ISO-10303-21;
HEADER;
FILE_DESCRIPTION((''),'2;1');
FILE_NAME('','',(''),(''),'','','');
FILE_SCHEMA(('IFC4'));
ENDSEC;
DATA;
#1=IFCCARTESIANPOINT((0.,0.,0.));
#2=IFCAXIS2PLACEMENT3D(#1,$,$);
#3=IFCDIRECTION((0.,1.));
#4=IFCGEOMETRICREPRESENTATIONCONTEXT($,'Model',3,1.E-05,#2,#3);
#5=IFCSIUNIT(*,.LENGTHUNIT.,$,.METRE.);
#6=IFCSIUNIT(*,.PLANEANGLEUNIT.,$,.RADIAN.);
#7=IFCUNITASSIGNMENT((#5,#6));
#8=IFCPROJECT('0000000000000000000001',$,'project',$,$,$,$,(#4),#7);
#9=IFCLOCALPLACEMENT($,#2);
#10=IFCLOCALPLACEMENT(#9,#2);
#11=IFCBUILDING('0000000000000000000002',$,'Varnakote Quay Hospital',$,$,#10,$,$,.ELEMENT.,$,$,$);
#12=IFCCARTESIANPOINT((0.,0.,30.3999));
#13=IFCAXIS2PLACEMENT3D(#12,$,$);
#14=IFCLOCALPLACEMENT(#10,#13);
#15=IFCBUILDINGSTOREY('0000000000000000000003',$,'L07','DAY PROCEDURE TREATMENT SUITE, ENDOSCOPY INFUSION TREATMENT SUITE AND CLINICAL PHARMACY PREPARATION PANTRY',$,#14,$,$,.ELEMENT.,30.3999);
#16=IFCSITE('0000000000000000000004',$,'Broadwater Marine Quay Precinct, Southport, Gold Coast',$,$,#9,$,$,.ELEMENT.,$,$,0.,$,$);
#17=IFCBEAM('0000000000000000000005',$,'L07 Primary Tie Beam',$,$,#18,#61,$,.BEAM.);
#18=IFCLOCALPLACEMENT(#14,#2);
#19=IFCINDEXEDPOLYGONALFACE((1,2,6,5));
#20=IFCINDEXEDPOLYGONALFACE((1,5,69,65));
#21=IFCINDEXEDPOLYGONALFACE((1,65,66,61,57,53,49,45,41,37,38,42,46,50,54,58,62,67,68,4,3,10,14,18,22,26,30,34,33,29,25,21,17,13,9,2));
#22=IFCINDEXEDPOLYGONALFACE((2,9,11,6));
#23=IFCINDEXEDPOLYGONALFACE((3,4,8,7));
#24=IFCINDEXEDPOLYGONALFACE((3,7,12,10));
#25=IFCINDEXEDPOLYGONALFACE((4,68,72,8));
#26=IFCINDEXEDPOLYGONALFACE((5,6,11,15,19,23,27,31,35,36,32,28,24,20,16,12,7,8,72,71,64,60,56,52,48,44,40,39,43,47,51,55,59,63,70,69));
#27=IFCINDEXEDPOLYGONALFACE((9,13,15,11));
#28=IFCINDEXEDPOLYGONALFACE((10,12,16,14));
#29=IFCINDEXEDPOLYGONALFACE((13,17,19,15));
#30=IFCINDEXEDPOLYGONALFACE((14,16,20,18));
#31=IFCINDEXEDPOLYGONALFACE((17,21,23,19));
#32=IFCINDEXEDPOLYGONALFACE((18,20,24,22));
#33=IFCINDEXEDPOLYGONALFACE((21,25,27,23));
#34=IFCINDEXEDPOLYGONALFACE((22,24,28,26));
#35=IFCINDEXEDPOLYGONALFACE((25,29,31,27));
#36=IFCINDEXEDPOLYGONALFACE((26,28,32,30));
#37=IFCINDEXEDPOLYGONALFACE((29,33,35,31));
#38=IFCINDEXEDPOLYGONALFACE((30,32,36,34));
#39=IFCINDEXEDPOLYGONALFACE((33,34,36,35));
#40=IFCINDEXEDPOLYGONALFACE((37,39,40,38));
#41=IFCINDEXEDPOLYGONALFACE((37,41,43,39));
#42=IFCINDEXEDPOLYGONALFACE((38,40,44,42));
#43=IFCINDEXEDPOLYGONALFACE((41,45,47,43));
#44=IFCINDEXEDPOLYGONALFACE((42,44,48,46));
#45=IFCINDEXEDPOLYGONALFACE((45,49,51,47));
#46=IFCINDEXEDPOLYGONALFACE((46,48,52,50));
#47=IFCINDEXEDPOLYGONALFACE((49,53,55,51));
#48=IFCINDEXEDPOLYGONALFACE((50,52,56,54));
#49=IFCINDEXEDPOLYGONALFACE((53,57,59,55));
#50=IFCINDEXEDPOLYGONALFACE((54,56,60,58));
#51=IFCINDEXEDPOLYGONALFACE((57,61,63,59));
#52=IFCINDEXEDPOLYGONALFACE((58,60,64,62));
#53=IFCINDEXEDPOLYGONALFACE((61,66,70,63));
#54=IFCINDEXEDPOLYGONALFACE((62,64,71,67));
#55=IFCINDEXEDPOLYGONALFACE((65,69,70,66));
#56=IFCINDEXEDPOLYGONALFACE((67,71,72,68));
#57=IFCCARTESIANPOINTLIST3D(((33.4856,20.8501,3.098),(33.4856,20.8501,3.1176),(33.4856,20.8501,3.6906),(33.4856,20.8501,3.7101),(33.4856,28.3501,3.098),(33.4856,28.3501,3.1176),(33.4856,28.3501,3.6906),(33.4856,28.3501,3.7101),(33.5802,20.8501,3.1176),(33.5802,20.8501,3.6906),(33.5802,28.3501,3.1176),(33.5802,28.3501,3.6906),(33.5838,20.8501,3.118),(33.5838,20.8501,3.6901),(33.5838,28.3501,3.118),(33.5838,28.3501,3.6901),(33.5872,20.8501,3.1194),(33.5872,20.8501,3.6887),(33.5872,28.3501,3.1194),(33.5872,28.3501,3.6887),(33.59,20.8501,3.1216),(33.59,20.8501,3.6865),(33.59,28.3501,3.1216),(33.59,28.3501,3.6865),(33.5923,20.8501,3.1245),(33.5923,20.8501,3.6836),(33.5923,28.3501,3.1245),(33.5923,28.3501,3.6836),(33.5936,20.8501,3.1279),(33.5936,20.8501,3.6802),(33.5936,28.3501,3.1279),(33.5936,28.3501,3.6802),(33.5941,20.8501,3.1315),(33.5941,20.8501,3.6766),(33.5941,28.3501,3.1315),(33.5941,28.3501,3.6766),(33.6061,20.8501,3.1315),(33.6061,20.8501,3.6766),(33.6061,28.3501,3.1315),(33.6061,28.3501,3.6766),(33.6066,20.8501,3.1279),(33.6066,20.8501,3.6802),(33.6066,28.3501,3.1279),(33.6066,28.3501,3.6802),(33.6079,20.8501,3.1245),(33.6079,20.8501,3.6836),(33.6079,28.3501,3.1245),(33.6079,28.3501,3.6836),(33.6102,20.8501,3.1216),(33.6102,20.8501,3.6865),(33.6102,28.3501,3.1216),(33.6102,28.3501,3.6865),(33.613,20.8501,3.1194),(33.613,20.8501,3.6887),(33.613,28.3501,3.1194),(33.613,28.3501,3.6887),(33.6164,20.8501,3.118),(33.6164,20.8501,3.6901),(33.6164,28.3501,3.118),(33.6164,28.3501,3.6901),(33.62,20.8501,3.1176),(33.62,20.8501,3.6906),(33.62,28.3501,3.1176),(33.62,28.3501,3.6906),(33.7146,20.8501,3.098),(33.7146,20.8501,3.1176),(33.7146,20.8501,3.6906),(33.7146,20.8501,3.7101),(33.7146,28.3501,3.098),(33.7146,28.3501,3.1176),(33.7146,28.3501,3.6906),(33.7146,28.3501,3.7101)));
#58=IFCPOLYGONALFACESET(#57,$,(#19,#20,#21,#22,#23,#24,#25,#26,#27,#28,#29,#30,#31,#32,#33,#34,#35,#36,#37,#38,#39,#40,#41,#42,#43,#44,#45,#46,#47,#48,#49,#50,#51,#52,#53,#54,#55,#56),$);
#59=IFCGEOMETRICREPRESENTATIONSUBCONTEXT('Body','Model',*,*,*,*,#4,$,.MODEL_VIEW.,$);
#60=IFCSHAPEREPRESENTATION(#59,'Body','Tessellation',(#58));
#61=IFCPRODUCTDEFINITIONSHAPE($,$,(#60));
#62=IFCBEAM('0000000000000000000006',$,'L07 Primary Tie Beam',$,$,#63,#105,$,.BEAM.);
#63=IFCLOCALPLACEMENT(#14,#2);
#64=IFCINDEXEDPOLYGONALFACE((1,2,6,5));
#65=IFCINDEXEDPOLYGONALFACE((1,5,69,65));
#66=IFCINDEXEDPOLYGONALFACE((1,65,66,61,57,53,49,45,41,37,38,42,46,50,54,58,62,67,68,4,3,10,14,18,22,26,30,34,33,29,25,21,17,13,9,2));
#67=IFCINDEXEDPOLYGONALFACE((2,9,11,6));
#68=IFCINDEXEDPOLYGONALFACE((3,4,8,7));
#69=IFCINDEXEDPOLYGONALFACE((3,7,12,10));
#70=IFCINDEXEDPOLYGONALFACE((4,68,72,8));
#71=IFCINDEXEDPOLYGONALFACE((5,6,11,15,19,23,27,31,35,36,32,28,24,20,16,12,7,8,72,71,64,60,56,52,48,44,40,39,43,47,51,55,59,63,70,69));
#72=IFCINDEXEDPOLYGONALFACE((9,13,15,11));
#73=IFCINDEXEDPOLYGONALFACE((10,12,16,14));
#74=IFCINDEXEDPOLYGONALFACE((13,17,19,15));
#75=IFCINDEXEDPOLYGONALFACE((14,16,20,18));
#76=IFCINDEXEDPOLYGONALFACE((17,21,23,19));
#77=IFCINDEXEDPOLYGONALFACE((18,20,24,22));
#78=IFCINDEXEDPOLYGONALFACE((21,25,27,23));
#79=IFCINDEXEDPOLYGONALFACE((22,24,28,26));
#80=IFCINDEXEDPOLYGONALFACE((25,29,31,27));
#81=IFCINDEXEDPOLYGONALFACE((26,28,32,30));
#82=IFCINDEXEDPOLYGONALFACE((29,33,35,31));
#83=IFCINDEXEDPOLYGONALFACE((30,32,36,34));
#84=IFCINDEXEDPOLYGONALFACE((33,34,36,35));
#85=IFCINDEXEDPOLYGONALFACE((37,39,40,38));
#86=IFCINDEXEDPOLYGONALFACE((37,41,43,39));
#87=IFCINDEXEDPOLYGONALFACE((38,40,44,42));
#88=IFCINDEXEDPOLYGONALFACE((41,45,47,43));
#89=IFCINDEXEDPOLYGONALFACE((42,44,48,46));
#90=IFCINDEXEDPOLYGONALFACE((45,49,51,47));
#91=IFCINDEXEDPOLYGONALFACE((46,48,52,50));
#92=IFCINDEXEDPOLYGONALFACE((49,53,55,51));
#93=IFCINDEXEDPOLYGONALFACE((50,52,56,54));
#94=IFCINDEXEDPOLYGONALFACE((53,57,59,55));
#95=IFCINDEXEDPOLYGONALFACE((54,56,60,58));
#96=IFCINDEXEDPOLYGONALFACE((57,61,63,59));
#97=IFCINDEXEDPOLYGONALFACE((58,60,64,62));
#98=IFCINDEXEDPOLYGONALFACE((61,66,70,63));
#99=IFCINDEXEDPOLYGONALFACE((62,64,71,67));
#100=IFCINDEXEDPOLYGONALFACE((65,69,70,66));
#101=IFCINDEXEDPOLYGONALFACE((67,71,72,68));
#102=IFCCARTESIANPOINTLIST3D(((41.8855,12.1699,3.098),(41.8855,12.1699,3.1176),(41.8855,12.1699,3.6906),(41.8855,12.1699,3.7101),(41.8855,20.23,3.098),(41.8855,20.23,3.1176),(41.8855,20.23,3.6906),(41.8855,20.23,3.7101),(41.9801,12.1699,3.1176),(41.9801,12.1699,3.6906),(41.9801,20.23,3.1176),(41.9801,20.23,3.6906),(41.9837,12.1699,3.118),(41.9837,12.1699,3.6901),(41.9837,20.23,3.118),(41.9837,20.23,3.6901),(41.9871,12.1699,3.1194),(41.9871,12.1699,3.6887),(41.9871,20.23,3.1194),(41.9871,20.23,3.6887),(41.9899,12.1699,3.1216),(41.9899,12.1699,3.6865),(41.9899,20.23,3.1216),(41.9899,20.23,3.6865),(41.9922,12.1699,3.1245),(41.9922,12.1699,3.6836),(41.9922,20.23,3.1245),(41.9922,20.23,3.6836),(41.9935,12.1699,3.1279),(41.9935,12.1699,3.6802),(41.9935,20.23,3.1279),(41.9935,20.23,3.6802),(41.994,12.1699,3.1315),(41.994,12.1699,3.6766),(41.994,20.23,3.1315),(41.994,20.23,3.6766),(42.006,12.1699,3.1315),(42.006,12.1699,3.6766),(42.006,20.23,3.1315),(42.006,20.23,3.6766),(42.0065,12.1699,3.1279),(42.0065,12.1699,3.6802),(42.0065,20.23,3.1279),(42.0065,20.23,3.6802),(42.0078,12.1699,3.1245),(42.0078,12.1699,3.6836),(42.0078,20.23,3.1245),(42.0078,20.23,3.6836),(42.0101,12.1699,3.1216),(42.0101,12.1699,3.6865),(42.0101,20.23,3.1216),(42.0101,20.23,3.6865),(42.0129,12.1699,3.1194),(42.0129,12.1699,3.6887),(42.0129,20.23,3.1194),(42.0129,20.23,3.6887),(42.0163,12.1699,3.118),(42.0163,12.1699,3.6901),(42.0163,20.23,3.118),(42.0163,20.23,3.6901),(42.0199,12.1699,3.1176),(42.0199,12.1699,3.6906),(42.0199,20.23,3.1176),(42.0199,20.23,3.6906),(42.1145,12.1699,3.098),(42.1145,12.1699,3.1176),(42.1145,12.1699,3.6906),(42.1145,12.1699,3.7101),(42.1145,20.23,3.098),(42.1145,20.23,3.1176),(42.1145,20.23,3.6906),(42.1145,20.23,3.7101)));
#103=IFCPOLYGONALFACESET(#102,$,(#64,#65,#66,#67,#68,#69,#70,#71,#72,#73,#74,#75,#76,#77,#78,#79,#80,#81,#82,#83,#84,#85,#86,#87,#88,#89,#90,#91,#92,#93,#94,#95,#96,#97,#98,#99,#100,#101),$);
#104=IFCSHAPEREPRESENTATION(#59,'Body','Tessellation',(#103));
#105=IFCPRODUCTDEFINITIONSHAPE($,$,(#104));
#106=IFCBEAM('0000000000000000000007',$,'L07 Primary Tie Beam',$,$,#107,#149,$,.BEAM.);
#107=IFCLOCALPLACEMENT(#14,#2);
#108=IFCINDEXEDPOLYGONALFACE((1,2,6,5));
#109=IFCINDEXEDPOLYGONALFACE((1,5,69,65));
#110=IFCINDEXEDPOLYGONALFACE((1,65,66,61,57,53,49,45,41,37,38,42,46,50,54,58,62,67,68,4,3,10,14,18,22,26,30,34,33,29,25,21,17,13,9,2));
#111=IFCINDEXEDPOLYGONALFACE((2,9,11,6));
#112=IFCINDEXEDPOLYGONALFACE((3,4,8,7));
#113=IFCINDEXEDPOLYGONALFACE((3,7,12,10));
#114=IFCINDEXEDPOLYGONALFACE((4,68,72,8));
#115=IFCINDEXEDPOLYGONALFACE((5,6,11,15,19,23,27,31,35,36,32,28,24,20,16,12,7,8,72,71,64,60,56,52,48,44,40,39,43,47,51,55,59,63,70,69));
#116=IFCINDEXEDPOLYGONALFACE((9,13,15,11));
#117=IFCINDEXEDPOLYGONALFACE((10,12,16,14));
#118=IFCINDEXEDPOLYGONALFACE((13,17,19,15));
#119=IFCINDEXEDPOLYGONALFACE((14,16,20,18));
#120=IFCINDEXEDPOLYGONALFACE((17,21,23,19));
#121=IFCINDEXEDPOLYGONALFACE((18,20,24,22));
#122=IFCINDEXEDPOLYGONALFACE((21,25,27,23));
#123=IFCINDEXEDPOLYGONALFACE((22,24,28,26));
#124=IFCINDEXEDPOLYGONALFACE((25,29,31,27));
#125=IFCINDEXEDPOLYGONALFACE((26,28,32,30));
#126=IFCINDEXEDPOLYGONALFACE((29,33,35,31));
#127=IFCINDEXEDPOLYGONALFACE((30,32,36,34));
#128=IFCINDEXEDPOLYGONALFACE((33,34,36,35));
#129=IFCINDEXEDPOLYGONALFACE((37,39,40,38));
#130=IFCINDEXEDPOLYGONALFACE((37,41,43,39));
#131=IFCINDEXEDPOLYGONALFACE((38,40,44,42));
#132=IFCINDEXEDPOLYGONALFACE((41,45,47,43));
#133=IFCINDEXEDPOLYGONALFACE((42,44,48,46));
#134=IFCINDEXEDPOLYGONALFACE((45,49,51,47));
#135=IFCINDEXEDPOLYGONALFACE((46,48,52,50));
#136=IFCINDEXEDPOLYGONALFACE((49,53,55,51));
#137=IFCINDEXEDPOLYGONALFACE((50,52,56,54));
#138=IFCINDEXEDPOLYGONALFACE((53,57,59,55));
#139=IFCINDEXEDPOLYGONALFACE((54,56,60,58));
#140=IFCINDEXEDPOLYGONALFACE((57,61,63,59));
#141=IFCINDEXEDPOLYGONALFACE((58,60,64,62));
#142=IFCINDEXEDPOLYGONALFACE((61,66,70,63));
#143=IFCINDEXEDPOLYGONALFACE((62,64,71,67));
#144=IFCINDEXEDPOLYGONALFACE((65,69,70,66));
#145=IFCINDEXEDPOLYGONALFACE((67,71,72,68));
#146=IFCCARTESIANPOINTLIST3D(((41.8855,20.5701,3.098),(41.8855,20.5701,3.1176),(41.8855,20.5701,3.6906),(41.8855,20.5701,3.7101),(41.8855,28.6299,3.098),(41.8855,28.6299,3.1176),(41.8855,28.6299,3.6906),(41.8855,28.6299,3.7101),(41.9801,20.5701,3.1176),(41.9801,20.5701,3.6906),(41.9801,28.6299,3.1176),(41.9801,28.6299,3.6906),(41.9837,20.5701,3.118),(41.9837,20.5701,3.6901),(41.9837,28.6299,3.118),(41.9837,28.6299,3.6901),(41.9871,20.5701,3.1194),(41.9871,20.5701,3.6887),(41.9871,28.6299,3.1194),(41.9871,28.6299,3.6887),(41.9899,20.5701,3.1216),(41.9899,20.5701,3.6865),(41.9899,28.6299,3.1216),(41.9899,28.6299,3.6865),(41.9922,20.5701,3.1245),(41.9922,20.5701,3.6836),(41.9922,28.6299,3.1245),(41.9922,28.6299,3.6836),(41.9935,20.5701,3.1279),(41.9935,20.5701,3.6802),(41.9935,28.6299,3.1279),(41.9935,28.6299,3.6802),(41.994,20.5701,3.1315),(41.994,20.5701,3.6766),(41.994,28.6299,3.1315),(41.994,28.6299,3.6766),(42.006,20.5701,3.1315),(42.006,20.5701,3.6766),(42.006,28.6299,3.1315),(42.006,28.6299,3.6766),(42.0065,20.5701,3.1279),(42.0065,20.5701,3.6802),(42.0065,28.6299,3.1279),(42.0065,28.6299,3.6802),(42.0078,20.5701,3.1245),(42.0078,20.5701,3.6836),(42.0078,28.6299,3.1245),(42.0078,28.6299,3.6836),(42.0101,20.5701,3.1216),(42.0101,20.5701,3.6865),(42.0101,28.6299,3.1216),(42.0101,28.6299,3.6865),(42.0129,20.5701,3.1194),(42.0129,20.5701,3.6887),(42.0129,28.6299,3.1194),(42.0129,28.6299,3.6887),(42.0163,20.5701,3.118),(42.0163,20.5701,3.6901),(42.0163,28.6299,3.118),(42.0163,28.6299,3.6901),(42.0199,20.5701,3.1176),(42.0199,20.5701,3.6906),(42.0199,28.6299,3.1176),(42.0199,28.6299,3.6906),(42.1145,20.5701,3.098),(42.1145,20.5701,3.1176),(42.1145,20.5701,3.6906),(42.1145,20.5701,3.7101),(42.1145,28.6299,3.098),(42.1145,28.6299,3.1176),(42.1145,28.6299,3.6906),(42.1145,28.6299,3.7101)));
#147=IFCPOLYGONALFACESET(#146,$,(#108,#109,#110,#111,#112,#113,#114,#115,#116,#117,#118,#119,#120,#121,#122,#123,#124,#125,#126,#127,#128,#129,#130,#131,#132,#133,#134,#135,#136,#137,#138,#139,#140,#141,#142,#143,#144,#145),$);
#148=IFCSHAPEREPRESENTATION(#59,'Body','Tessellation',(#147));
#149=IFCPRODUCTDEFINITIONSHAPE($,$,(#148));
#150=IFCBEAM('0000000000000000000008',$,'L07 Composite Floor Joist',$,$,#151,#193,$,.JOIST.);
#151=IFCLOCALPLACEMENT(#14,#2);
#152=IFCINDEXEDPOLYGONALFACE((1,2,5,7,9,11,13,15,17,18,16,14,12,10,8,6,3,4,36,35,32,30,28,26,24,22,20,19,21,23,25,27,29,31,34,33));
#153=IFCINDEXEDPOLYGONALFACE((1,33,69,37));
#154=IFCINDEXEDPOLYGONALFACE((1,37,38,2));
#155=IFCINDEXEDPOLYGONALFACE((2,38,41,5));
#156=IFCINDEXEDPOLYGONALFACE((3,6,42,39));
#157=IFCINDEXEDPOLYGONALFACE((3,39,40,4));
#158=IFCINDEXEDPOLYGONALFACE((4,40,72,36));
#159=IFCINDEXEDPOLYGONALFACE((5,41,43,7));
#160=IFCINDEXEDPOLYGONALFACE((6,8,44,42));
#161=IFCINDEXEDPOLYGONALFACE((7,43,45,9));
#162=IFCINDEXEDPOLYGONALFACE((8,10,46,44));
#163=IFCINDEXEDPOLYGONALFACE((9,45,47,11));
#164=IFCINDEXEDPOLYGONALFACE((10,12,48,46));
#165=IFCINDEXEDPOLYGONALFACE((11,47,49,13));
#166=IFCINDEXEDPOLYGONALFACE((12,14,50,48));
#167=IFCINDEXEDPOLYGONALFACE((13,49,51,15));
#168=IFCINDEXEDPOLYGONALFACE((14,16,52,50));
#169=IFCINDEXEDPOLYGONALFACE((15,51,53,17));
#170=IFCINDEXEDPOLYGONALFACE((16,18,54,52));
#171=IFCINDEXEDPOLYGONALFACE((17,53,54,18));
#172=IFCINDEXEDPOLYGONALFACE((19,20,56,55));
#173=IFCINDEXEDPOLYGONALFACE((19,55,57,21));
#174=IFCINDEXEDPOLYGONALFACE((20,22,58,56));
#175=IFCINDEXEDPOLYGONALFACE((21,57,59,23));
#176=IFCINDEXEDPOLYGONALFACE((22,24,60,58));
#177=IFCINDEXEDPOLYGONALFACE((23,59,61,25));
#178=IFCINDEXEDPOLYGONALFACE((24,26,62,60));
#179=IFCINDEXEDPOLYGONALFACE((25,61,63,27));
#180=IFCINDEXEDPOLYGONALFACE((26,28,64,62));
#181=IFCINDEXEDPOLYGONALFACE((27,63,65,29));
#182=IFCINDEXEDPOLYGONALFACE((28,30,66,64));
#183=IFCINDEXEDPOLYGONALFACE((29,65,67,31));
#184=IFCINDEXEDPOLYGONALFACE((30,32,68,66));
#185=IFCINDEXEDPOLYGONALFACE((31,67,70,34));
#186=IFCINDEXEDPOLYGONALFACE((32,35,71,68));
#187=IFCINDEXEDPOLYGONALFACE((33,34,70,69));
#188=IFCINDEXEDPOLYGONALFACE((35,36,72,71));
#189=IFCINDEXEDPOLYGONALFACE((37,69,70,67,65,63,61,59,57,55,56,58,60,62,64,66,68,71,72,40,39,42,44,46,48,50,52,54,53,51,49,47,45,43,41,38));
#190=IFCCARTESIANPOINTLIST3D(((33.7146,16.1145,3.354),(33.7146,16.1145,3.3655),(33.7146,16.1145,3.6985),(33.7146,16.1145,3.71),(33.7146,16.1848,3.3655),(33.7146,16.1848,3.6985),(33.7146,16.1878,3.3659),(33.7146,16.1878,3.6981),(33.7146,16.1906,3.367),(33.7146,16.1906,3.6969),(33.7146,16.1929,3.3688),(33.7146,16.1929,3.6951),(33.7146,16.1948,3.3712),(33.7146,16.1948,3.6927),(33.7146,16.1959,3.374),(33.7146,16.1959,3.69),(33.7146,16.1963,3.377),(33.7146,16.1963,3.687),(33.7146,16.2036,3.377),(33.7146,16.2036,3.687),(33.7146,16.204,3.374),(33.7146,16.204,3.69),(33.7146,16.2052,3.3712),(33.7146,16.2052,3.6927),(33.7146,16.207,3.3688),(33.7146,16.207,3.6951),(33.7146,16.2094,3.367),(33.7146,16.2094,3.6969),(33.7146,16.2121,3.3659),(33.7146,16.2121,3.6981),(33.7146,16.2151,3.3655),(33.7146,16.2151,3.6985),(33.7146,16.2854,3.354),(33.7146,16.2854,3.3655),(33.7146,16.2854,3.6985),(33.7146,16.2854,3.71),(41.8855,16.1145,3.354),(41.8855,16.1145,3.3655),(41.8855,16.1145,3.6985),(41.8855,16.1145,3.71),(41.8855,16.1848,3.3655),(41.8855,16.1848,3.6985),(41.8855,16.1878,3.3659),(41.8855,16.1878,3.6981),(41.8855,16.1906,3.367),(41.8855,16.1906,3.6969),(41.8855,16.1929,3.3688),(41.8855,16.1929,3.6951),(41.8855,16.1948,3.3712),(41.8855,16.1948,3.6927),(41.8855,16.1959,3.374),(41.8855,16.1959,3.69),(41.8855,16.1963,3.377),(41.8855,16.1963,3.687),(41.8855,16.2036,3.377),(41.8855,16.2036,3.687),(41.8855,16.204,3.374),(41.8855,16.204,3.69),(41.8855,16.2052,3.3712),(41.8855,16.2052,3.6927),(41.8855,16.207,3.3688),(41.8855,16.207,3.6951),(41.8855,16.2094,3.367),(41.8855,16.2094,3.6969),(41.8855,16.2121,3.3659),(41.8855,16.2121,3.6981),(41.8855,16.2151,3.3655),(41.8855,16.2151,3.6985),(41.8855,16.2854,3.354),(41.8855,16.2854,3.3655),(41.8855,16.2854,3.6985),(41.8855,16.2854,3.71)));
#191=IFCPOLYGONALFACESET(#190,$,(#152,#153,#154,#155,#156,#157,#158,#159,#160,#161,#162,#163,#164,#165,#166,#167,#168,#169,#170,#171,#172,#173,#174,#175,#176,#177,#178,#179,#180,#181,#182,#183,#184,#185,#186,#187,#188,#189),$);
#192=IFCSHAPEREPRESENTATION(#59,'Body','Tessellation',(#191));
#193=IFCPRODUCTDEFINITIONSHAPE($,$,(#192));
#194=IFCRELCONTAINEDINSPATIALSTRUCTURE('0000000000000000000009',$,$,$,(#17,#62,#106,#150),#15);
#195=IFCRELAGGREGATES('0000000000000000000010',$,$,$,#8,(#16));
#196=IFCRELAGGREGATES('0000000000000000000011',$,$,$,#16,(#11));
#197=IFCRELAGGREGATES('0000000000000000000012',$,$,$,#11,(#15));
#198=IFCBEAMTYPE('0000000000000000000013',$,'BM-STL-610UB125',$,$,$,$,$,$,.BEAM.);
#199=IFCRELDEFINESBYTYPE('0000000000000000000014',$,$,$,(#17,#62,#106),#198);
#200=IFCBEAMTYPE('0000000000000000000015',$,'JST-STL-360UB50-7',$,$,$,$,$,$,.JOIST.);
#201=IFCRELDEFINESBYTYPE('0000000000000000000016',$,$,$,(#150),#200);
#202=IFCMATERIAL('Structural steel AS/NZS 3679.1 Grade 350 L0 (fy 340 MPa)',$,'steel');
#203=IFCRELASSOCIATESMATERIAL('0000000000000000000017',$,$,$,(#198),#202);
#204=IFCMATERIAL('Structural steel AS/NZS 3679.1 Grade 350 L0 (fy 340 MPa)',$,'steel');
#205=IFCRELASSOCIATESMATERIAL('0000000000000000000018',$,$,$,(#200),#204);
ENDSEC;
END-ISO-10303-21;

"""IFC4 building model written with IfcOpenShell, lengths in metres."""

from ifc_helpers import new_model, si_unit, direction, frame, origin, origin_2d, place, context, subcontext, project, spatial, i_section, extrude, material, material_profile, profile_set, type_object, element, save


model = new_model("IFC4")

# Units and contexts
model_context = context("Model", 3, precision=1e-05, world=origin(), true_north=direction((0.0, 1.0)))
body_context = subcontext(model_context, "Body", "Model", "MODEL_VIEW")
ifc_project = project(units=[si_unit("LENGTHUNIT", "METRE"), si_unit("PLANEANGLEUNIT", "RADIAN")], contexts=[model_context])

# Site, building, storey
site_placement = place(None, origin())
site = spatial("IfcSite", under=ifc_project, at=site_placement, Name="Broadwater Marine Quay Precinct, Southport, Gold Coast", CompositionType="ELEMENT", RefElevation=0.0)
building_placement = place(site_placement, origin())
building = spatial("IfcBuilding", under=site, at=building_placement, Name="Varnakote Quay Hospital", CompositionType="ELEMENT")
storey_placement = place(building_placement, frame((0.0, 0.0, 30.3999)))
storey = spatial("IfcBuildingStorey", under=building, at=storey_placement, Name="L07", Description="DAY PROCEDURE TREATMENT SUITE, ENDOSCOPY INFUSION TREATMENT SUITE AND CLINICAL PHARMACY PREPARATION PANTRY", CompositionType="ELEMENT", Elevation=30.3999)

# Beams
ifc_material_1 = material(Name="Structural steel AS/NZS 3679.1 Grade 350 L0 (fy 340 MPa)", Category="steel")
ifc_material_profile_1 = material_profile(ifc_material_1, i_section(OverallWidth=0.229, OverallDepth=0.6121, WebThickness=0.012, FlangeThickness=0.0195, FilletRadius=0.0139, at=origin_2d()), Name="610UB125")
ifc_profile_set_1 = profile_set([ifc_material_profile_1], Name="Structural steel AS/NZS 3679.1 Grade 350 L0 (fy 340 MPa)")
beam_type_1 = type_object("IfcBeamType", Name="BM-STL-610UB125", PredefinedType="BEAM", material=ifc_profile_set_1)
beam_1_placement = place(storey_placement, frame((33.6001, 20.8501, 3.4041), z_axis=(0.0, 1.0, 0.0), x_axis=(-1.0, 0.0, 0.0)))
element("IfcBeam", 1, at=beam_1_placement, inside=storey, type_object=beam_type_1, Name="L07 Primary Tie Beam", PredefinedType="BEAM", context=body_context, shape_type="SweptSolid", body=[
    extrude(i_section(OverallWidth=0.229, OverallDepth=0.6121, WebThickness=0.012, FlangeThickness=0.0195, FilletRadius=0.0139, at=origin_2d()), origin(), (0.0, 0.0, 1.0), 7.5),
])
beam_2_placement = place(storey_placement, frame((42.0, 12.1699, 3.4041), z_axis=(0.0, 1.0, 0.0), x_axis=(-1.0, 0.0, 0.0)))
element("IfcBeam", 2, at=beam_2_placement, inside=storey, type_object=beam_type_1, Name="L07 Primary Tie Beam", PredefinedType="BEAM", context=body_context, shape_type="SweptSolid", body=[
    extrude(i_section(OverallWidth=0.229, OverallDepth=0.6121, WebThickness=0.012, FlangeThickness=0.0195, FilletRadius=0.0139, at=origin_2d()), origin(), (0.0, 0.0, 1.0), 8.0601),
])
beam_3_placement = place(storey_placement, frame((42.0, 20.5701, 3.4041), z_axis=(0.0, 1.0, 0.0), x_axis=(-1.0, 0.0, 0.0)))
element("IfcBeam", 3, at=beam_3_placement, inside=storey, type_object=beam_type_1, Name="L07 Primary Tie Beam", PredefinedType="BEAM", context=body_context, shape_type="SweptSolid", body=[
    extrude(i_section(OverallWidth=0.229, OverallDepth=0.6121, WebThickness=0.012, FlangeThickness=0.0195, FilletRadius=0.0139, at=origin_2d()), origin(), (0.0, 0.0, 1.0), 8.0598),
])
ifc_material_2 = material(Name="Structural steel AS/NZS 3679.1 Grade 350 L0 (fy 340 MPa)", Category="steel")
ifc_material_profile_2 = material_profile(ifc_material_2, i_section(OverallWidth=0.1709, OverallDepth=0.356, WebThickness=0.0073, FlangeThickness=0.0115, FilletRadius=0.0115, at=origin_2d()), Name="360UB50.7")
ifc_profile_set_2 = profile_set([ifc_material_profile_2], Name="Structural steel AS/NZS 3679.1 Grade 350 L0 (fy 340 MPa)")
beam_type_2 = type_object("IfcBeamType", Name="JST-STL-360UB50-7", PredefinedType="JOIST", material=ifc_profile_set_2)
for number, where, z_axis, x_axis, name in (
    (4, (33.7146, 16.2, 3.532), (1.0, 0.0, 0.0), (0.0, 1.0, 0.0), "L07 Composite Floor Joist"),
):
    element("IfcBeam", number, at=place(storey_placement, frame(where, z_axis=z_axis, x_axis=x_axis)), inside=storey, type_object=beam_type_2, Name=name, PredefinedType="JOIST", context=body_context, shape_type="SweptSolid", body=[
        extrude(i_section(OverallWidth=0.1709, OverallDepth=0.356, WebThickness=0.0073, FlangeThickness=0.0115, FilletRadius=0.0115, at=origin_2d()), origin(), (0.0, 0.0, 1.0), 8.1709),
    ])

save(model, "model.ifc")
